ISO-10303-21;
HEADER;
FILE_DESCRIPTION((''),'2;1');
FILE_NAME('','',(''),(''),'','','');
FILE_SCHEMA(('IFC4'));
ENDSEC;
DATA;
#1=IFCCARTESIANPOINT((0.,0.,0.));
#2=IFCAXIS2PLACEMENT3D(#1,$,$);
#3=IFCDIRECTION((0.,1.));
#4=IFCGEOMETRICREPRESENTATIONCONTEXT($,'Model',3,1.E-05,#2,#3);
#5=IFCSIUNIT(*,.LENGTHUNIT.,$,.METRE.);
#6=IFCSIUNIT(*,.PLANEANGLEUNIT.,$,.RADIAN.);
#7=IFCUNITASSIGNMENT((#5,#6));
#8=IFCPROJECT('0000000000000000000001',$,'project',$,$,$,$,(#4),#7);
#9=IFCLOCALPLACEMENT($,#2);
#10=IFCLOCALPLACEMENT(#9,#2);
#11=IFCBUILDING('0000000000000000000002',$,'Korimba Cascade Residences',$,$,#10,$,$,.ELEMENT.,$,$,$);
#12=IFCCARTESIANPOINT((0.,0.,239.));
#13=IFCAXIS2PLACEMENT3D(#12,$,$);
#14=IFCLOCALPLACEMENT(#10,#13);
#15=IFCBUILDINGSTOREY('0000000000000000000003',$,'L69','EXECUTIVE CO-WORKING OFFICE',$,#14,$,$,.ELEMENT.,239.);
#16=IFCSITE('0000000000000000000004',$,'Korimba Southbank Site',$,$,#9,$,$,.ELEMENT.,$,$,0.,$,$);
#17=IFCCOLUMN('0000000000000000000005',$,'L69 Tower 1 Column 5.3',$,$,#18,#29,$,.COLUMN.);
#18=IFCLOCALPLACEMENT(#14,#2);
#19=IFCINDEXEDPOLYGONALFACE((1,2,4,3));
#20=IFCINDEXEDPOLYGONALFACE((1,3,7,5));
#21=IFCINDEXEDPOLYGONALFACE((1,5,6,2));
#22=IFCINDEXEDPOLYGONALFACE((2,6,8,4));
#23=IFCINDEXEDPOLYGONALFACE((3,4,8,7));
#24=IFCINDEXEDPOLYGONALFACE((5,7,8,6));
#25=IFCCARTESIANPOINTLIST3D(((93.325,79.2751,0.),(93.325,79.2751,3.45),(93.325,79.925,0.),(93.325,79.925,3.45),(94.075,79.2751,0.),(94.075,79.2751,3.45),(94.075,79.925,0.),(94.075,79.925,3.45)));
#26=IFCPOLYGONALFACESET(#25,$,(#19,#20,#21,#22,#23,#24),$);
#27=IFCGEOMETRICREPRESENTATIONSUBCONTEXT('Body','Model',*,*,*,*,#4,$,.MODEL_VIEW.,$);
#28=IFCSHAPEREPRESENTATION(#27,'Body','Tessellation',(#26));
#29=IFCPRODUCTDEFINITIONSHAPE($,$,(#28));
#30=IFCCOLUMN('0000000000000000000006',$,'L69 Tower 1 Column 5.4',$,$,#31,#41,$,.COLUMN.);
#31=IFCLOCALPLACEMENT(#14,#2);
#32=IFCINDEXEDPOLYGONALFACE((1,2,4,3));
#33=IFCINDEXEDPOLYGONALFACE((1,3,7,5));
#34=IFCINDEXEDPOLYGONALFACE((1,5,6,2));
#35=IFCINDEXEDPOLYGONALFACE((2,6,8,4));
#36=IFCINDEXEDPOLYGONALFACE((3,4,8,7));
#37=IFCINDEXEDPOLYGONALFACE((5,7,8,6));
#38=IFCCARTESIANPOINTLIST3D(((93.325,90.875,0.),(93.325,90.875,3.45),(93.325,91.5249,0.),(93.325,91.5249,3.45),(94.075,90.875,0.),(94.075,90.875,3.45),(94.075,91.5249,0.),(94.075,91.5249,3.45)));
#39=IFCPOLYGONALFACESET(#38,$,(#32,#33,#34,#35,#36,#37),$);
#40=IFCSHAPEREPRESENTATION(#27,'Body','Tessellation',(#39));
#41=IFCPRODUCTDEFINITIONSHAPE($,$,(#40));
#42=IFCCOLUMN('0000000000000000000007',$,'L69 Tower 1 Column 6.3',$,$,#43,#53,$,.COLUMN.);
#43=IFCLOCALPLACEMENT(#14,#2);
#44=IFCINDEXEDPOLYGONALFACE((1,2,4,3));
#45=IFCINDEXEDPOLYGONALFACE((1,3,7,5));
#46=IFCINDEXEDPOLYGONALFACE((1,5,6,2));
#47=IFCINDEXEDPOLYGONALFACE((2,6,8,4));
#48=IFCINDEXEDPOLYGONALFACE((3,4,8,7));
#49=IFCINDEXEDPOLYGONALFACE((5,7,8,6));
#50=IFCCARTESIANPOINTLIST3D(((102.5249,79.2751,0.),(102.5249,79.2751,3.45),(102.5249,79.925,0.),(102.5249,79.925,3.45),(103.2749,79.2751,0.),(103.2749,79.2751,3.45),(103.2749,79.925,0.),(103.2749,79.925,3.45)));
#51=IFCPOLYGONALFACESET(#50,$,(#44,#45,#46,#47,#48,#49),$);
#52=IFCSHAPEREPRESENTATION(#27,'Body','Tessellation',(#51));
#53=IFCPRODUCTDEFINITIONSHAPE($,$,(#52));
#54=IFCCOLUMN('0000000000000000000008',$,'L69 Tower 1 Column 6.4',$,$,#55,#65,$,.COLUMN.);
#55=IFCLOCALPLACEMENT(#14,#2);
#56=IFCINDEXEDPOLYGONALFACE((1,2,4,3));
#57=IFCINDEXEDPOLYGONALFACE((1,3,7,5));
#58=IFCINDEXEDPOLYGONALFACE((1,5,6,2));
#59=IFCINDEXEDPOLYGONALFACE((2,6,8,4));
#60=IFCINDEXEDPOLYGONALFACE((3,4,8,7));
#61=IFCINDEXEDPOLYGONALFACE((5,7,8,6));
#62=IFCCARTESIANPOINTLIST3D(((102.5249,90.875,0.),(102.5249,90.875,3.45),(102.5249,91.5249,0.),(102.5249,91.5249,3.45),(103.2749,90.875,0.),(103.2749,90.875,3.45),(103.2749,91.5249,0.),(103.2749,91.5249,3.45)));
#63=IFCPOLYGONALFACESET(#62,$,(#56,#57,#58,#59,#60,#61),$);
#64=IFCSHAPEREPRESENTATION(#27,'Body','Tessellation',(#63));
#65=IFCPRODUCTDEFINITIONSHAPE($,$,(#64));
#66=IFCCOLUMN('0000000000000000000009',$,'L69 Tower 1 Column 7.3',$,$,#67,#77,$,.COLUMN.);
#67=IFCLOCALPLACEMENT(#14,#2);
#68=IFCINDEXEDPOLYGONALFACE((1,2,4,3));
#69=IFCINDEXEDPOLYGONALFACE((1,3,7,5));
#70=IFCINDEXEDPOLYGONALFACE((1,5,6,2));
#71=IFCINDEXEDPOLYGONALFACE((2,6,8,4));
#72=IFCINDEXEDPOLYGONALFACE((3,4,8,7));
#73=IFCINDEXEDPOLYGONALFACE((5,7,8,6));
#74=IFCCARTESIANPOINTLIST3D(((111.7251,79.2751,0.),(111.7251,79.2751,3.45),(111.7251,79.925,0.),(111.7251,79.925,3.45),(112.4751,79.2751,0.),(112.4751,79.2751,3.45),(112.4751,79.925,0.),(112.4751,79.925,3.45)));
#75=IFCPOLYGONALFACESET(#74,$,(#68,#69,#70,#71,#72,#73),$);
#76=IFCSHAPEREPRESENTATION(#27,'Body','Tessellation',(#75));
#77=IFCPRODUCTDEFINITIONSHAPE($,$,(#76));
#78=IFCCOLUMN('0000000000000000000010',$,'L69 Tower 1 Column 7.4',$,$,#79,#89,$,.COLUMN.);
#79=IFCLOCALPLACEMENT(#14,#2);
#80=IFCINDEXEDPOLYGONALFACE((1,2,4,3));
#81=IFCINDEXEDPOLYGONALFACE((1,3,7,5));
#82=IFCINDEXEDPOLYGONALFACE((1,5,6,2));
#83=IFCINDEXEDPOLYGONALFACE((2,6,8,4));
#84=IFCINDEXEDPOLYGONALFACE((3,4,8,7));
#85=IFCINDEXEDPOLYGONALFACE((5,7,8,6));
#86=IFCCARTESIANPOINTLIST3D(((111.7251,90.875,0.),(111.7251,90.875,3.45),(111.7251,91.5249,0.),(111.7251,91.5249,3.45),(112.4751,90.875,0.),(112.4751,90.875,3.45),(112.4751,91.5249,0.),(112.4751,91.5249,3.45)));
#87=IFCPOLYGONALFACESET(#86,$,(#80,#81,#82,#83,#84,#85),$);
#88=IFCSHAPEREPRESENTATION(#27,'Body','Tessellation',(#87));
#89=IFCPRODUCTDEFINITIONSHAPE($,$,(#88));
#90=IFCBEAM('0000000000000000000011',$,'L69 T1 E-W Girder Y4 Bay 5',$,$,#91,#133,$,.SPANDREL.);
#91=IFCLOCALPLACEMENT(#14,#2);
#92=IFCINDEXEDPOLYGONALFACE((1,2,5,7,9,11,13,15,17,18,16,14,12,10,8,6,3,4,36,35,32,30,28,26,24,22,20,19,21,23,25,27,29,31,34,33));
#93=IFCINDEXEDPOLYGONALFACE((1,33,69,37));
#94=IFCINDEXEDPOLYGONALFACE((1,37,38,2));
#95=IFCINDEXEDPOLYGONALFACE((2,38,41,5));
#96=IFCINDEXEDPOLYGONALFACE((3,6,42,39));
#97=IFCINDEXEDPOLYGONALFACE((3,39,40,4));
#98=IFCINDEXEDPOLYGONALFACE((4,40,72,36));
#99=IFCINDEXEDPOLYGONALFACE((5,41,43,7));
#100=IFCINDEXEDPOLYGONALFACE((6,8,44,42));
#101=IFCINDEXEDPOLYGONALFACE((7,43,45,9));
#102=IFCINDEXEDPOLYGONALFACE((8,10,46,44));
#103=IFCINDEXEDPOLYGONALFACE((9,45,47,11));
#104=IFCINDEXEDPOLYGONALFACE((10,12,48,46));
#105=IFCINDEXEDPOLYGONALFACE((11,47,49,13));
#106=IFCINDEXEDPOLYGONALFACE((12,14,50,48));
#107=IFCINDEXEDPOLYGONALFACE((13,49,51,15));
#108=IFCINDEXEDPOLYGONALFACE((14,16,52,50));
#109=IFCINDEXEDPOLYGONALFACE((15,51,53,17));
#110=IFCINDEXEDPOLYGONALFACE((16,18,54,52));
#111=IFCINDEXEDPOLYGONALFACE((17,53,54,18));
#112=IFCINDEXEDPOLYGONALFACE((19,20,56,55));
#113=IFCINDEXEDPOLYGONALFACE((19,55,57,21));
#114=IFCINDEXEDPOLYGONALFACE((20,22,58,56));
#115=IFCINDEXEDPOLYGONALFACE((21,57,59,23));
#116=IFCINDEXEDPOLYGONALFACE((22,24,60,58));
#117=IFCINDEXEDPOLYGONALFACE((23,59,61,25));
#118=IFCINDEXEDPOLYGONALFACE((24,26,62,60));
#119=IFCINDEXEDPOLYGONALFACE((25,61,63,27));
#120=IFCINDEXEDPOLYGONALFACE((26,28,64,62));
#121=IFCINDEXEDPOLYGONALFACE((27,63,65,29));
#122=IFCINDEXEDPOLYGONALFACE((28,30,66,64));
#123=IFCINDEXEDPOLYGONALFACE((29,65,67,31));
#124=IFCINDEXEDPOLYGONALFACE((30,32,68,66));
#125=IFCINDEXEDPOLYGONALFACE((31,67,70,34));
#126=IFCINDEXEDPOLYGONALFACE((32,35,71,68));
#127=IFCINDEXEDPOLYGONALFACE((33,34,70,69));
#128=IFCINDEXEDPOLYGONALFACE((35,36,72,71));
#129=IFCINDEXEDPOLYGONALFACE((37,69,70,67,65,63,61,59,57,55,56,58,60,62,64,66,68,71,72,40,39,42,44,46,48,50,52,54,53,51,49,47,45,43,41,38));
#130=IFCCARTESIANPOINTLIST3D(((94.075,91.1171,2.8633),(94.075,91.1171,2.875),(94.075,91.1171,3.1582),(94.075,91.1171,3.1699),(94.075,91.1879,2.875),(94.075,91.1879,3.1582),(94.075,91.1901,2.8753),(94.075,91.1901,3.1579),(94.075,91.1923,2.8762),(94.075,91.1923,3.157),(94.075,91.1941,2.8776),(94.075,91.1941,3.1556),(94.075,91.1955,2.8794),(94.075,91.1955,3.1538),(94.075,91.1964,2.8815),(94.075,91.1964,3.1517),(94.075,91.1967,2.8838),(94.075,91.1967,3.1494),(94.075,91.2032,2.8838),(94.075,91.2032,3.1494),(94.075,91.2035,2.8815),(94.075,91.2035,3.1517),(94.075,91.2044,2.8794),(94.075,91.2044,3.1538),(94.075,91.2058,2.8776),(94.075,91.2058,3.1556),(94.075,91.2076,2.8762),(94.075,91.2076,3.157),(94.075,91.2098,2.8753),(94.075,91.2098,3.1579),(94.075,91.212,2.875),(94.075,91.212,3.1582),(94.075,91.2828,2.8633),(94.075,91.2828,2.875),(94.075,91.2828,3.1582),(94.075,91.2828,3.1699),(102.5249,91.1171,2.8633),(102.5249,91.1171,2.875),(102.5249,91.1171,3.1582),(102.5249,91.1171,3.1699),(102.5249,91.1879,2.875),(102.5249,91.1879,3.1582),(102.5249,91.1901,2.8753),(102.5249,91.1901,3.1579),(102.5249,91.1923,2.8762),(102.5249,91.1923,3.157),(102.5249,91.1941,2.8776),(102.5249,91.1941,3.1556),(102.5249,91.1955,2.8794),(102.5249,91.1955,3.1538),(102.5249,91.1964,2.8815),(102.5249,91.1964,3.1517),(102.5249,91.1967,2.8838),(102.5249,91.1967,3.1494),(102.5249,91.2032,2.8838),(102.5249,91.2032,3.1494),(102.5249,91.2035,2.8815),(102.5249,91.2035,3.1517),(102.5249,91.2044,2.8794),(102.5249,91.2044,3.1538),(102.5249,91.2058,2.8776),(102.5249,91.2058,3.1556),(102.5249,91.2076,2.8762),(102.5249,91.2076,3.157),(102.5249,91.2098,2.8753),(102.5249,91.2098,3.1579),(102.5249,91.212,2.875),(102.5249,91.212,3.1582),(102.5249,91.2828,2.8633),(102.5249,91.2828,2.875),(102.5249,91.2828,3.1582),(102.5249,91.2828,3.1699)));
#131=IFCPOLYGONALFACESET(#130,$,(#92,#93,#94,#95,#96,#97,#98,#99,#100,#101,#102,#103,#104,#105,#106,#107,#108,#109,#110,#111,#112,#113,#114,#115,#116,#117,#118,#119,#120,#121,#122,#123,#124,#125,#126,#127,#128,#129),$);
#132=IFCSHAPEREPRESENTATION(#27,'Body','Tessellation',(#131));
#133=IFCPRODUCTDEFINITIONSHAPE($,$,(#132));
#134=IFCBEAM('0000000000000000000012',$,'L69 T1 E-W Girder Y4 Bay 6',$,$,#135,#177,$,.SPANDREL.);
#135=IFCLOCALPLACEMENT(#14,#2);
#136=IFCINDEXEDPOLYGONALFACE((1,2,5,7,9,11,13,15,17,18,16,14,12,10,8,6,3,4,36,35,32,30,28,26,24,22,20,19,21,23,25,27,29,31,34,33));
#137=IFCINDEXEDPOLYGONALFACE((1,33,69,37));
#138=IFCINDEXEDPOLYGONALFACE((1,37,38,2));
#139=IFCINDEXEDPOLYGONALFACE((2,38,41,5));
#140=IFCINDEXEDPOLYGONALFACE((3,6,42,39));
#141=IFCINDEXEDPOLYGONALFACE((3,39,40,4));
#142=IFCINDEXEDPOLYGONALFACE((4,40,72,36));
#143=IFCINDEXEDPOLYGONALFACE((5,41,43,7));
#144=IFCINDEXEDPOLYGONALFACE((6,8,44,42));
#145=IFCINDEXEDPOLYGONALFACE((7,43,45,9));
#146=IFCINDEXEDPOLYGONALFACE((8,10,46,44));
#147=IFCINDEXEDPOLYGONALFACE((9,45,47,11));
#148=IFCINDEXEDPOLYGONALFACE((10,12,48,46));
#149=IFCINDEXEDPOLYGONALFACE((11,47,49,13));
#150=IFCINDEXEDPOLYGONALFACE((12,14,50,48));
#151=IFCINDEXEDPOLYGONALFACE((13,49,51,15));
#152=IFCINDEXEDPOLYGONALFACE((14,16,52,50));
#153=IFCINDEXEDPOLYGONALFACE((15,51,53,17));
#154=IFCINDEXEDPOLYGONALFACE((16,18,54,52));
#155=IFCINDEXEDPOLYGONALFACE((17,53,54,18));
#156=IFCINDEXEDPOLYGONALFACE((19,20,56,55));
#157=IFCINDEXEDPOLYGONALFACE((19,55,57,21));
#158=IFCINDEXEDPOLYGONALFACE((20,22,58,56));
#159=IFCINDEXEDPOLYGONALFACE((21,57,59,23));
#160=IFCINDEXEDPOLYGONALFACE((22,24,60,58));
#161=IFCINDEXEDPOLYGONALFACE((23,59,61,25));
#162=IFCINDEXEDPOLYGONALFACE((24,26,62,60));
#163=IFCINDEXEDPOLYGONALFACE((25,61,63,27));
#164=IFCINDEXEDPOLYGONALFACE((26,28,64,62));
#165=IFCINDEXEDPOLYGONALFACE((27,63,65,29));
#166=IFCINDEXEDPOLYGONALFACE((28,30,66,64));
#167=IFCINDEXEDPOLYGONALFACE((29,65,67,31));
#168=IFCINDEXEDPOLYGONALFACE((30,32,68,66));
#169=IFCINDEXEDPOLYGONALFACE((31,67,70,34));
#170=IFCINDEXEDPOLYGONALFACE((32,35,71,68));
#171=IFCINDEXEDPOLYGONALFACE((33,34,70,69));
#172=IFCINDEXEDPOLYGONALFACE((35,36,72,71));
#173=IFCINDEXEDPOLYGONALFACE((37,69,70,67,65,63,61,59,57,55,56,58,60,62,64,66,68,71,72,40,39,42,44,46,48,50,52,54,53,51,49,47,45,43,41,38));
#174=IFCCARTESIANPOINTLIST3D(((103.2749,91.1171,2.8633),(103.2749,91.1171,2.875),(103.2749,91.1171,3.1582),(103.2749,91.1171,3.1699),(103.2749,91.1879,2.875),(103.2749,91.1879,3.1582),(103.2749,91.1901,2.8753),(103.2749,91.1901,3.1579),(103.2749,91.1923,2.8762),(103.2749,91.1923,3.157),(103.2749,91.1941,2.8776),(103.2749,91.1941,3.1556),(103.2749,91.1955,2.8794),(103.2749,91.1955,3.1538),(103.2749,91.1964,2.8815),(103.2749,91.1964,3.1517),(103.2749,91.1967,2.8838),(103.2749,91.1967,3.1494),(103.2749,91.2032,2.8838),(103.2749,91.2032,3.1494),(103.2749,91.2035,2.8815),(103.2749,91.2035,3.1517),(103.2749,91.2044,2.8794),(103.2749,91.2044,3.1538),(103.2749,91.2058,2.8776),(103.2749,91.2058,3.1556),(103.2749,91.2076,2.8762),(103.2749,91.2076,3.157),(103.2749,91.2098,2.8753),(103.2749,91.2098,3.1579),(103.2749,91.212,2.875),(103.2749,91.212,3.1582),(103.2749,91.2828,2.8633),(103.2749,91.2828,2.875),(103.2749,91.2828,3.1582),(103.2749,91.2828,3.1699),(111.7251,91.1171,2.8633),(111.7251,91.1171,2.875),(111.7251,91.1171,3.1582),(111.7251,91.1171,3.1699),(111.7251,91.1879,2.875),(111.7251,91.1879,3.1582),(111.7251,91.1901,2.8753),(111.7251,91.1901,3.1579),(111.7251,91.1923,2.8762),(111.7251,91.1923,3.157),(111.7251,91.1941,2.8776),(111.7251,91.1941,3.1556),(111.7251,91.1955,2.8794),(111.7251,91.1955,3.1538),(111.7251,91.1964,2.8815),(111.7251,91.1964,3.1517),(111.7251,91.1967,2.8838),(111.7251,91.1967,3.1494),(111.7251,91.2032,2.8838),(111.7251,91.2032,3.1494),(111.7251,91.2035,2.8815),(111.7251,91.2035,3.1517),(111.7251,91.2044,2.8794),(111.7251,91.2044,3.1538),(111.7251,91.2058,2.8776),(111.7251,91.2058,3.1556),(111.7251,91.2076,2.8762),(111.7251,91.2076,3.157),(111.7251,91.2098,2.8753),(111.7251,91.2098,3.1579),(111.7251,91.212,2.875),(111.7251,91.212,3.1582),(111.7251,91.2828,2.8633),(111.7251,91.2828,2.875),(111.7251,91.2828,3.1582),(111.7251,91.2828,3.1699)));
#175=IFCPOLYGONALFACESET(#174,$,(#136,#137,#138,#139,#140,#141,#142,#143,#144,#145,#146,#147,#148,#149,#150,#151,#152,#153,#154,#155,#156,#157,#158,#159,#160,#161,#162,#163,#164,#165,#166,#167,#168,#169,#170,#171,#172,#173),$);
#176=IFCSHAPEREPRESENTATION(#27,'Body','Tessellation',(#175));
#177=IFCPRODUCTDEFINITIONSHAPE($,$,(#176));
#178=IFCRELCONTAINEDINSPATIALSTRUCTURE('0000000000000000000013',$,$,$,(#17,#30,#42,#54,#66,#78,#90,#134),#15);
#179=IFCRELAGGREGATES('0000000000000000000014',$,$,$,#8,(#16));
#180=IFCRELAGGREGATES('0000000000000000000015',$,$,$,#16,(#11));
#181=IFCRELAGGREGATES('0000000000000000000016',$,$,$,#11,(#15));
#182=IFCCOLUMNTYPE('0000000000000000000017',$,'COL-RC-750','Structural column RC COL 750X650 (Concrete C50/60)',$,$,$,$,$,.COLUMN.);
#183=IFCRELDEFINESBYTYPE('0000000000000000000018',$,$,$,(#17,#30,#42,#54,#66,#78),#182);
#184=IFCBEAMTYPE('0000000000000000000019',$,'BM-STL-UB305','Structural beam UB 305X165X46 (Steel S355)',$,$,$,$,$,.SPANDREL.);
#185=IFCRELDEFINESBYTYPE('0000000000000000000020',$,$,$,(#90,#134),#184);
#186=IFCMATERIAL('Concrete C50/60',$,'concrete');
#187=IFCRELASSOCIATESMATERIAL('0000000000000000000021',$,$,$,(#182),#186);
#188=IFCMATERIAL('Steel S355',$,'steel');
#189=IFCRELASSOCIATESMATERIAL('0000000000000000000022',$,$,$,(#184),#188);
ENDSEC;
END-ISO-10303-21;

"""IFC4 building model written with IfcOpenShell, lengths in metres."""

from ifc_helpers import new_model, si_unit, direction, frame, origin, origin_2d, place, context, subcontext, project, spatial, rectangle, i_section, extrude, material, material_profile, profile_set, type_object, element, save


model = new_model("IFC4")

# Units and contexts
model_context = context("Model", 3, precision=1e-05, world=origin(), true_north=direction((0.0, 1.0)))
body_context = subcontext(model_context, "Body", "Model", "MODEL_VIEW")
ifc_project = project(units=[si_unit("LENGTHUNIT", "METRE"), si_unit("PLANEANGLEUNIT", "RADIAN")], contexts=[model_context])

# Site, building, storey
site_placement = place(None, origin())
site = spatial("IfcSite", under=ifc_project, at=site_placement, Name="Korimba Southbank Site", CompositionType="ELEMENT", RefElevation=0.0)
building_placement = place(site_placement, origin())
building = spatial("IfcBuilding", under=site, at=building_placement, Name="Korimba Cascade Residences", CompositionType="ELEMENT")
storey_placement = place(building_placement, frame((0.0, 0.0, 239.0)))
storey = spatial("IfcBuildingStorey", under=building, at=storey_placement, Name="L69", Description="EXECUTIVE CO-WORKING OFFICE", CompositionType="ELEMENT", Elevation=239.0)

# Columns
ifc_material_1 = material(Name="Concrete C50/60", Category="concrete")
ifc_material_profile_1 = material_profile(ifc_material_1, rectangle(XDim=0.75, YDim=0.6499, at=origin_2d()), Name="Concrete C50/60")
ifc_profile_set_1 = profile_set([ifc_material_profile_1], Name="Concrete C50/60")
column_type = type_object("IfcColumnType", Name="COL-RC-750", Description="Structural column RC COL 750X650 (Concrete C50/60)", PredefinedType="COLUMN", material=ifc_profile_set_1)
for number, where, z_axis, x_axis, name in (
    (1, (93.7, 79.6001, 0.0), (0.0, 0.0, 1.0), (1.0, 0.0, 0.0), "L69 Tower 1 Column 5.3"),
    (2, (93.7, 91.2, 0.0), (0.0, 0.0, 1.0), (1.0, 0.0, 0.0), "L69 Tower 1 Column 5.4"),
    (3, (102.8999, 79.6001, 0.0), (0.0, 0.0, 1.0), (1.0, 0.0, 0.0), "L69 Tower 1 Column 6.3"),
    (4, (102.8999, 91.2, 0.0), (0.0, 0.0, 1.0), (1.0, 0.0, 0.0), "L69 Tower 1 Column 6.4"),
    (5, (112.1001, 79.6001, 0.0), (0.0, 0.0, 1.0), (1.0, 0.0, 0.0), "L69 Tower 1 Column 7.3"),
    (6, (112.1001, 91.2, 0.0), (0.0, 0.0, 1.0), (1.0, 0.0, 0.0), "L69 Tower 1 Column 7.4"),
):
    element("IfcColumn", number, at=place(storey_placement, frame(where, z_axis=z_axis, x_axis=x_axis)), inside=storey, type_object=column_type, Name=name, PredefinedType="COLUMN", context=body_context, shape_type="SweptSolid", body=[
        extrude(rectangle(XDim=0.75, YDim=0.6499, at=origin_2d()), origin(), (0.0, 0.0, 1.0), 3.45),
    ])

# Beams
ifc_material_2 = material(Name="Steel S355", Category="steel")
ifc_material_profile_2 = material_profile(ifc_material_2, i_section(OverallWidth=0.1658, OverallDepth=0.3066, WebThickness=0.0066, FlangeThickness=0.0117, FilletRadius=0.0088, at=origin_2d()), Name="Steel S355")
ifc_profile_set_2 = profile_set([ifc_material_profile_2], Name="Steel S355")
beam_type_1 = type_object("IfcBeamType", Name="BM-STL-UB305", Description="Structural beam UB 305X165X46 (Steel S355)", PredefinedType="SPANDREL", material=ifc_profile_set_2)
beam_1_placement = place(storey_placement, frame((94.075, 91.2, 3.0166), z_axis=(1.0, 0.0, 0.0), x_axis=(0.0, 1.0, 0.0)))
element("IfcBeam", 7, at=beam_1_placement, inside=storey, type_object=beam_type_1, Name="L69 T1 E-W Girder Y4 Bay 5", PredefinedType="SPANDREL", context=body_context, shape_type="SweptSolid", body=[
    extrude(i_section(OverallWidth=0.1658, OverallDepth=0.3066, WebThickness=0.0066, FlangeThickness=0.0117, FilletRadius=0.0088, at=origin_2d()), origin(), (0.0, 0.0, 1.0), 8.45),
])
beam_2_placement = place(storey_placement, frame((103.2749, 91.2, 3.0166), z_axis=(1.0, 0.0, 0.0), x_axis=(0.0, 1.0, 0.0)))
element("IfcBeam", 8, at=beam_2_placement, inside=storey, type_object=beam_type_1, Name="L69 T1 E-W Girder Y4 Bay 6", PredefinedType="SPANDREL", context=body_context, shape_type="SweptSolid", body=[
    extrude(i_section(OverallWidth=0.1658, OverallDepth=0.3066, WebThickness=0.0066, FlangeThickness=0.0117, FilletRadius=0.0088, at=origin_2d()), origin(), (0.0, 0.0, 1.0), 8.4502),
])

save(model, "model.ifc")
